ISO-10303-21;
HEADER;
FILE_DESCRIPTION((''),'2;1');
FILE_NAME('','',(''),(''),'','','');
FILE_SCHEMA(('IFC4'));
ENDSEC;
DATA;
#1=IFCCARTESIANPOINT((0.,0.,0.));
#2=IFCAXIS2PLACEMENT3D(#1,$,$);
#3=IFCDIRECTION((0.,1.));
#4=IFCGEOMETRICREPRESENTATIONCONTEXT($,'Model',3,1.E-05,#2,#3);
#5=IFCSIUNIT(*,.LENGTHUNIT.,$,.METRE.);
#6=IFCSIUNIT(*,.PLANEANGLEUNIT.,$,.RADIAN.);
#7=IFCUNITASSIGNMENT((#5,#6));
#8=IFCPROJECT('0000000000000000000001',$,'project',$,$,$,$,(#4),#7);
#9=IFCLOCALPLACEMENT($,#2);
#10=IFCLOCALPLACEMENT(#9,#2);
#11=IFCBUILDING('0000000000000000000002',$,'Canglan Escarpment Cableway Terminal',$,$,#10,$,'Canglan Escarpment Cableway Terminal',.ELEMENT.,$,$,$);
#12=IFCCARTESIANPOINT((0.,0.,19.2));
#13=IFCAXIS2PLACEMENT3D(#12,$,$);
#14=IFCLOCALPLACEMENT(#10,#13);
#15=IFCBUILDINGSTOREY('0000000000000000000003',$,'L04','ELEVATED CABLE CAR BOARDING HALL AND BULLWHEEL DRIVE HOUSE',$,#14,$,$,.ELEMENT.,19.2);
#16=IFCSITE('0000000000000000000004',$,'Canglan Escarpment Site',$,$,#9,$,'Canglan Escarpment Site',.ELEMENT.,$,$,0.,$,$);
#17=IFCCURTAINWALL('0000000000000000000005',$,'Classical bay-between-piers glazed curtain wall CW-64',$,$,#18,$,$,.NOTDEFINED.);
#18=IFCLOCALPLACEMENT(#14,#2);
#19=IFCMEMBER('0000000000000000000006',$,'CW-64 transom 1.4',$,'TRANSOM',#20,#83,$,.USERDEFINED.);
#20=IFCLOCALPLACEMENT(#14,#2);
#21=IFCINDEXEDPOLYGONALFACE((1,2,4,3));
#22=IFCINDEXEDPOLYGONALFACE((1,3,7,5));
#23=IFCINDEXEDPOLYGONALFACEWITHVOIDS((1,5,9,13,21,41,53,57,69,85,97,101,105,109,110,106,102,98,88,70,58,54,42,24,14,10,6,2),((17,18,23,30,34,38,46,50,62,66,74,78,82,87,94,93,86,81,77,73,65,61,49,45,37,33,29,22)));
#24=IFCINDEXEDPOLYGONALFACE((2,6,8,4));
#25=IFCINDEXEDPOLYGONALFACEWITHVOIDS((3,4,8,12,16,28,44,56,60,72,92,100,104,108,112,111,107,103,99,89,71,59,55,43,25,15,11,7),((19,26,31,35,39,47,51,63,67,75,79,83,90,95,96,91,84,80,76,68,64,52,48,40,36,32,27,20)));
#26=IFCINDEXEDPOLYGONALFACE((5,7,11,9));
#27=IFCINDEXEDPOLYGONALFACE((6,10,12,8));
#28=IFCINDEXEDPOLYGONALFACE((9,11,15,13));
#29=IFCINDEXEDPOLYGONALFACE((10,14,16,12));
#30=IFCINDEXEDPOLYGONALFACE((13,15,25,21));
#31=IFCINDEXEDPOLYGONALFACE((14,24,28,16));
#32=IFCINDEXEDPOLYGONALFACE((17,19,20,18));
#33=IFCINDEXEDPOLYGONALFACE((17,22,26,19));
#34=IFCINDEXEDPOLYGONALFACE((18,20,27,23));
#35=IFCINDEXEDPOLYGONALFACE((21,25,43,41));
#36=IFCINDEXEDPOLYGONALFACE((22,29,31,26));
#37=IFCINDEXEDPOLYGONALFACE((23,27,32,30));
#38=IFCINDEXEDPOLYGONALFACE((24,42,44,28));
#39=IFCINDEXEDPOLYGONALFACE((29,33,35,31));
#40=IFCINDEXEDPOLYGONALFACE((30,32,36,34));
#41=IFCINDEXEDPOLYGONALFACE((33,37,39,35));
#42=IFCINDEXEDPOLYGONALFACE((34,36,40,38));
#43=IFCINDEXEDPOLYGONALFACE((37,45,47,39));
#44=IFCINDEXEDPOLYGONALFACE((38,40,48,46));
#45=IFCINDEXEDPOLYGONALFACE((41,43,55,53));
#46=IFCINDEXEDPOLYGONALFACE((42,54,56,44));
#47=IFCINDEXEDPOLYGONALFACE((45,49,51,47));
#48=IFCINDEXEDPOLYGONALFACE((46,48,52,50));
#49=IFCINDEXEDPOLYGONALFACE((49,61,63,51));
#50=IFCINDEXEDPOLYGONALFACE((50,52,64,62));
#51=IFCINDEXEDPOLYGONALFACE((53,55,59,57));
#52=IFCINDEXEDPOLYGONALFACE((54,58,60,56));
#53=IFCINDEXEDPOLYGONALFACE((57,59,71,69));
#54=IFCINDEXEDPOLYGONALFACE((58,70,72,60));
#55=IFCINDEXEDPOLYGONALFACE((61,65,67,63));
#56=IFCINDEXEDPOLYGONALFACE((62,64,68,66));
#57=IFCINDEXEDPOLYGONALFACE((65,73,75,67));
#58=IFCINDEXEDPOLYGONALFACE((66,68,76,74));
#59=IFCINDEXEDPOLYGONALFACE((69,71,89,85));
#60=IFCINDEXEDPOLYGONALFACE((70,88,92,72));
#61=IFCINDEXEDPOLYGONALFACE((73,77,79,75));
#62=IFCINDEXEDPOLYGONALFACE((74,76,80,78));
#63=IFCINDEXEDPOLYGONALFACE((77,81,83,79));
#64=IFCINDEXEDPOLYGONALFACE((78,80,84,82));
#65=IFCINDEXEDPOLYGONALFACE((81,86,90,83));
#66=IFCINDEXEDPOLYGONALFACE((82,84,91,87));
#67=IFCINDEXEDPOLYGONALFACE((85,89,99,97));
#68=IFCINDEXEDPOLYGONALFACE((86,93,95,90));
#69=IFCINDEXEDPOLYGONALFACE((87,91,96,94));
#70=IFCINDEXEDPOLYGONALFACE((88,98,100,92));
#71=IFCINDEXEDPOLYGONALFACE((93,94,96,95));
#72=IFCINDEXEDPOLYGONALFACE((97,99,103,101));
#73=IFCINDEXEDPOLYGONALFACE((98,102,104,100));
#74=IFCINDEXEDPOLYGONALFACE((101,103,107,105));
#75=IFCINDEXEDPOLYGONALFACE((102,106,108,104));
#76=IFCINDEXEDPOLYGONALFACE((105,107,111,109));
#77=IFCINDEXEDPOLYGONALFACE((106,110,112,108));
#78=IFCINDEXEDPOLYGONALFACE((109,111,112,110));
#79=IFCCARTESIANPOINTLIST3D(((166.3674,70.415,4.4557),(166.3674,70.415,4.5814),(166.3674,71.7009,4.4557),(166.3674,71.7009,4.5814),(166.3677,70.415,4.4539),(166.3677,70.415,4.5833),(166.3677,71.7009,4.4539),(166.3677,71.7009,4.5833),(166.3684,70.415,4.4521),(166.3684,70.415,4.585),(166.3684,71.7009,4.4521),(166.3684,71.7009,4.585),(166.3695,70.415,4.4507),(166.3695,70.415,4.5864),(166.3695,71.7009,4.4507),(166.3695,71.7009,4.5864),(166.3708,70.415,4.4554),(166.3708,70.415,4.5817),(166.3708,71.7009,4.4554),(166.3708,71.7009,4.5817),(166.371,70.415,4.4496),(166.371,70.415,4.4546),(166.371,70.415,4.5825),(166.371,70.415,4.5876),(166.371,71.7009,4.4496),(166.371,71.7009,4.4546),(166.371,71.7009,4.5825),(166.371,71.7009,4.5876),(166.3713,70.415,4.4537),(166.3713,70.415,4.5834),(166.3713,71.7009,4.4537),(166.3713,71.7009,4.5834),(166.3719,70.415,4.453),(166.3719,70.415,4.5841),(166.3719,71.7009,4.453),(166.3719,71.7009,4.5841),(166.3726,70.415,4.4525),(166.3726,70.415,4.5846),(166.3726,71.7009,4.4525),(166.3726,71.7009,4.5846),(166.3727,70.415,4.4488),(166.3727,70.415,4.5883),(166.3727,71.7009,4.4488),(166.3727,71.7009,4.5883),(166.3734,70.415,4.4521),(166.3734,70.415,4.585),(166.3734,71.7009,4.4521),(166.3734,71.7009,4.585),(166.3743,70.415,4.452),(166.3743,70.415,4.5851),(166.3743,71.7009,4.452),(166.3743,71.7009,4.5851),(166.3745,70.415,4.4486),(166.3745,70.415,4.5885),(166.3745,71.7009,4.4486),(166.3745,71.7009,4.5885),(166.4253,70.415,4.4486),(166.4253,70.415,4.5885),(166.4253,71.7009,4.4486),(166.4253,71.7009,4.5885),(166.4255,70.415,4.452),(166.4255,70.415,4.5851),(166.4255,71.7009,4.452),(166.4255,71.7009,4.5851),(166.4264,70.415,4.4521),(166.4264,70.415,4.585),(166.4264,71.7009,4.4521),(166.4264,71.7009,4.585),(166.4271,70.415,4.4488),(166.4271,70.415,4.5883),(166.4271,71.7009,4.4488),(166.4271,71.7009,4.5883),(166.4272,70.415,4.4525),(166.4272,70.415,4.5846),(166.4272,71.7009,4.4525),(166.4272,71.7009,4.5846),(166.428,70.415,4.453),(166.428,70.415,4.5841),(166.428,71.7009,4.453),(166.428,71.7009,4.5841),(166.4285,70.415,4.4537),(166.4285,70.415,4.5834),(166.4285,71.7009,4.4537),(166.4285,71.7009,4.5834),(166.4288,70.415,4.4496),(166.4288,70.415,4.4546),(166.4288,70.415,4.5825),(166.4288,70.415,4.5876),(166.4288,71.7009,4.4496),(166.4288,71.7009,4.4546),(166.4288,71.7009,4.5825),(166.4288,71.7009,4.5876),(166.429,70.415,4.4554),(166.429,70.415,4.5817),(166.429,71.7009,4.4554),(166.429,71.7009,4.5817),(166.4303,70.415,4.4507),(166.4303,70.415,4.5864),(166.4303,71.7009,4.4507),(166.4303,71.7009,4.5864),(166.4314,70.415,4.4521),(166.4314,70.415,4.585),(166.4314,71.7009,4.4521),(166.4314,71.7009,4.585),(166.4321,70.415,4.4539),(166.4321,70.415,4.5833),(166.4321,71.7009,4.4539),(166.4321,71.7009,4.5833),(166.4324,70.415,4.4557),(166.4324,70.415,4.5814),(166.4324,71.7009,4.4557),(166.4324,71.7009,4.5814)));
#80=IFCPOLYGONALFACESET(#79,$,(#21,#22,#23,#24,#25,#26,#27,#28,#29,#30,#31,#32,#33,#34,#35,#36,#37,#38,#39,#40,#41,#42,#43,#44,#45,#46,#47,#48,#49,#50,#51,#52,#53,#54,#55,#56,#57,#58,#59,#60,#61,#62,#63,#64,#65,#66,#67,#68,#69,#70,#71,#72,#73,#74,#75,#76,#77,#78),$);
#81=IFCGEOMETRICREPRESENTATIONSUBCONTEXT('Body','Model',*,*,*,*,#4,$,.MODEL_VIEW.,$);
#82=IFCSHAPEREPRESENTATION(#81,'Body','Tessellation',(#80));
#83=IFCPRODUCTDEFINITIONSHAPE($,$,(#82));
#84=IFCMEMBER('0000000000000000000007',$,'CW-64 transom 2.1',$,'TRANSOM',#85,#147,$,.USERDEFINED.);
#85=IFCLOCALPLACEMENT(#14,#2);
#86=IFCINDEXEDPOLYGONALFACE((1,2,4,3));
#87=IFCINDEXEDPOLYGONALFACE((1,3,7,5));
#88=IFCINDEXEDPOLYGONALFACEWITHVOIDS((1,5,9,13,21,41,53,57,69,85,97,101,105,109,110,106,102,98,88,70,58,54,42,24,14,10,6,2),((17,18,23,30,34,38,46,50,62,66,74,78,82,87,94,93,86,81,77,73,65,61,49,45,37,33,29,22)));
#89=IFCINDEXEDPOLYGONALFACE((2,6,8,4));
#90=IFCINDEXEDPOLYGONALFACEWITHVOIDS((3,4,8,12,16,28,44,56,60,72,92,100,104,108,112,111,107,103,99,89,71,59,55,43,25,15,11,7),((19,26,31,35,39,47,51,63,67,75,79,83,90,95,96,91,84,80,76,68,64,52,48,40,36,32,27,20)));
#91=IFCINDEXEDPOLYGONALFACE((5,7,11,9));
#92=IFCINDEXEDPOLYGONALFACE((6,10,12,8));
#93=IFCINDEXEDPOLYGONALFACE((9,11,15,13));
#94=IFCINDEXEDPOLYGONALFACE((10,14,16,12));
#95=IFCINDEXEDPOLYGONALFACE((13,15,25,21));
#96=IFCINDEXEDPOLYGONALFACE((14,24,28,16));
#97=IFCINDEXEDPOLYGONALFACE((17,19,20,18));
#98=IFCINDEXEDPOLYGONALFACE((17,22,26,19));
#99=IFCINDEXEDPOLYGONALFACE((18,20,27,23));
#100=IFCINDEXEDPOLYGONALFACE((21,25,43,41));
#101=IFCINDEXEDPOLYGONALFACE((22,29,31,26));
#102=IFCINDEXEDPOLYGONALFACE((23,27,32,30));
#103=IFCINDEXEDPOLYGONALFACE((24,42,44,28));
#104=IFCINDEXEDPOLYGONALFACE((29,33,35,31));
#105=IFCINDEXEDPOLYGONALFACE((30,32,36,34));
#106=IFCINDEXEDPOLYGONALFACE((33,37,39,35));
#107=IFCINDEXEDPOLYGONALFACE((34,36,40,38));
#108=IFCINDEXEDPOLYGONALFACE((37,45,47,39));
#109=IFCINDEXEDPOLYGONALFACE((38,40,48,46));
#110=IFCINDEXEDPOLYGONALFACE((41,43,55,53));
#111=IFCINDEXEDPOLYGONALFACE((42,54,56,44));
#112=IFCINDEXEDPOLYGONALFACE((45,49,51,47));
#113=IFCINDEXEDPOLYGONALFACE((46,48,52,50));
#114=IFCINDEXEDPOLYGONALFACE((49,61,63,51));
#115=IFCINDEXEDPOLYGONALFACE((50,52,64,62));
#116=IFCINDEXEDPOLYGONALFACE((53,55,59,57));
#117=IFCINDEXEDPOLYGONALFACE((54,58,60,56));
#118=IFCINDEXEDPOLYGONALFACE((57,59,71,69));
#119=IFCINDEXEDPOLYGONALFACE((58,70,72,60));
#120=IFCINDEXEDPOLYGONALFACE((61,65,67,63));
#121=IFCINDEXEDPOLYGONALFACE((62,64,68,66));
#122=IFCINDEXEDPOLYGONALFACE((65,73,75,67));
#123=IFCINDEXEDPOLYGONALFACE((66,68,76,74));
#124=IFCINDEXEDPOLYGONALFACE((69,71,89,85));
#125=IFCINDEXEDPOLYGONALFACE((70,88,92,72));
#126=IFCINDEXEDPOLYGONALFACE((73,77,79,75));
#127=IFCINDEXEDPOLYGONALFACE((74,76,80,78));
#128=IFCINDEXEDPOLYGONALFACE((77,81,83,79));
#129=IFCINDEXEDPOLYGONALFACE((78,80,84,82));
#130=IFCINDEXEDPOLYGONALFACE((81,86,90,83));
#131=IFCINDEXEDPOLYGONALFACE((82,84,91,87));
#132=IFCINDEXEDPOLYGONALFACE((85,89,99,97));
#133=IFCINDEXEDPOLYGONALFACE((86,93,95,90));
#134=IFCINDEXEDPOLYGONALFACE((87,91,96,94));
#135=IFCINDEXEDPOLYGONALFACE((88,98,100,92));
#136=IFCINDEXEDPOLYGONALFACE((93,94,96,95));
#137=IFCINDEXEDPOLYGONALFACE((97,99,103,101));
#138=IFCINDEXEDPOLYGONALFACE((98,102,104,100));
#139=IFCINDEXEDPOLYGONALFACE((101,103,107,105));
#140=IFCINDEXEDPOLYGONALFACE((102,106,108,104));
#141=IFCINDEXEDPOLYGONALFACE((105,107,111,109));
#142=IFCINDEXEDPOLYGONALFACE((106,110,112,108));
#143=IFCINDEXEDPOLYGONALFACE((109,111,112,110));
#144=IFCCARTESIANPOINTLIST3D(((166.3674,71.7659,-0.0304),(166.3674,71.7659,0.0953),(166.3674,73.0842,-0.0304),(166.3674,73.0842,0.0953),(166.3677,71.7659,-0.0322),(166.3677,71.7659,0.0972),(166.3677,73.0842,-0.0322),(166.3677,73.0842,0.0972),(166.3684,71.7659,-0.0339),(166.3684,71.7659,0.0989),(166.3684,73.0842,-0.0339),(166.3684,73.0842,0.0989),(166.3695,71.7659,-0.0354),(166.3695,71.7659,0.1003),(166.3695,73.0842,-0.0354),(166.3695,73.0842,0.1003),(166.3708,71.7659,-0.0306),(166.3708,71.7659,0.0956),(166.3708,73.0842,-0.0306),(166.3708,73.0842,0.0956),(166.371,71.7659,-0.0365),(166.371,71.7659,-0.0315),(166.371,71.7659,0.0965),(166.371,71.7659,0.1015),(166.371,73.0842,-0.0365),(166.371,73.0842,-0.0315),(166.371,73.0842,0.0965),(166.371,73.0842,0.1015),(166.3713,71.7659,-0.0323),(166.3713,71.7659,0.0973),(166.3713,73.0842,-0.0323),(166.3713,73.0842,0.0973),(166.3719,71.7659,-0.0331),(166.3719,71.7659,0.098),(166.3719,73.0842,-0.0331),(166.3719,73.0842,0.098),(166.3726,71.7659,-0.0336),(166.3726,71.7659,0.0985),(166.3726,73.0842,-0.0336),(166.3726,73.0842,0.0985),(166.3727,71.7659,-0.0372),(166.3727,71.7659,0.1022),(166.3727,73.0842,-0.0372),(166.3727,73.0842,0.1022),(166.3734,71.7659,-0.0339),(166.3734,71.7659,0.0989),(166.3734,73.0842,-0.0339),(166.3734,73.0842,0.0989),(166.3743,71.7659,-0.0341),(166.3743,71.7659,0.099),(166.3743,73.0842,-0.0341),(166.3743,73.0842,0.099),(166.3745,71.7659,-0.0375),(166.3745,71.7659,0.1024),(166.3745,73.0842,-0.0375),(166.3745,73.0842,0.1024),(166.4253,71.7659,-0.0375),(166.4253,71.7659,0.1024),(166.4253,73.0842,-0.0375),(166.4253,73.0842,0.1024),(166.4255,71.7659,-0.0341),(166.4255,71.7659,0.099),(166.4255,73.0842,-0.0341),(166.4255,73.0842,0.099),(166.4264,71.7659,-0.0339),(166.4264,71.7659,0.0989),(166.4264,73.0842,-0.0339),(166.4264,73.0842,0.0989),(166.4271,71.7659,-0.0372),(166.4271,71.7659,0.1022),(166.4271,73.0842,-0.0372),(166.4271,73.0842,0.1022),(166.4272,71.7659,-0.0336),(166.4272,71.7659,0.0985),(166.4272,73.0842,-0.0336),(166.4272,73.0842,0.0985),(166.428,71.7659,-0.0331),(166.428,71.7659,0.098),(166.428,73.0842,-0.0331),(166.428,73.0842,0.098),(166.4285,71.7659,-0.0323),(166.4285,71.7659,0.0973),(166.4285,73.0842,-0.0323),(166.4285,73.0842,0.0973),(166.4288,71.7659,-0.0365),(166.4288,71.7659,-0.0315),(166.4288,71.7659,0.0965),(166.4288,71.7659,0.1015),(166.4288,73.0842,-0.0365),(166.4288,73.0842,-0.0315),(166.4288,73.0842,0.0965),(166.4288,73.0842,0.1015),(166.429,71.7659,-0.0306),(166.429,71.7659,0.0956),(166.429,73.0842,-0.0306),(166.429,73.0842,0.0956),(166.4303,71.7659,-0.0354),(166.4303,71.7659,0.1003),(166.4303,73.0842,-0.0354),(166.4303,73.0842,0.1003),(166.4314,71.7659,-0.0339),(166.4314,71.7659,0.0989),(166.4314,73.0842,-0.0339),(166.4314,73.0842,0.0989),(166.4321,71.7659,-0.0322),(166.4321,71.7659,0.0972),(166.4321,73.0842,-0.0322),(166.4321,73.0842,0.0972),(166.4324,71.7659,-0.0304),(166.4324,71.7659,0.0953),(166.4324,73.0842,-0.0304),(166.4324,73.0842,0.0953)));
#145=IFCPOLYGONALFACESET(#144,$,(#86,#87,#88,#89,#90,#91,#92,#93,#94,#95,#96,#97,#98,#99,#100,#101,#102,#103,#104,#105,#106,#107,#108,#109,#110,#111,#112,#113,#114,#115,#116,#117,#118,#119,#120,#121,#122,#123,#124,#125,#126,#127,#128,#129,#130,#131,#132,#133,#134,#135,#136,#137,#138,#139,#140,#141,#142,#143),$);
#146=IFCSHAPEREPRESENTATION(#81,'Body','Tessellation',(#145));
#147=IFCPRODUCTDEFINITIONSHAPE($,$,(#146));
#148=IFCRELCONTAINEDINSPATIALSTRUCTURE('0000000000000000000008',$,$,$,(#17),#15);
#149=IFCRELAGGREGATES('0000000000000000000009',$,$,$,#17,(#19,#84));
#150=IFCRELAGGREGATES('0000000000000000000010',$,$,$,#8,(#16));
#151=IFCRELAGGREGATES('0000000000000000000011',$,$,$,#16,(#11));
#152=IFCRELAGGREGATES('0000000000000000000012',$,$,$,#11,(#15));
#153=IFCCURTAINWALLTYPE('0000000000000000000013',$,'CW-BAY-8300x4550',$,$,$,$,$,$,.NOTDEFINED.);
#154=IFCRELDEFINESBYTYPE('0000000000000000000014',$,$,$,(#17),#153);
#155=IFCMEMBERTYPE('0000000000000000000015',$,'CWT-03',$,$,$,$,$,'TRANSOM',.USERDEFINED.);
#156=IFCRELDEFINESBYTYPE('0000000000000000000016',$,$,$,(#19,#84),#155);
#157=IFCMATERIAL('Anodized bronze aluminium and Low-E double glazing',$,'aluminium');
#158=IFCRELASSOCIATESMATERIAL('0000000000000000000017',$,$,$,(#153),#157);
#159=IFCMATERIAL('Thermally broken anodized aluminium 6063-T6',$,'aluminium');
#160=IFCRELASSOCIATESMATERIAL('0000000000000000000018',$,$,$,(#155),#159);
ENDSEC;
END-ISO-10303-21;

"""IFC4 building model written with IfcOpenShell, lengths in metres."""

from ifc_helpers import new_model, si_unit, direction, frame, origin, origin_2d, place, context, subcontext, project, spatial, hollow_rectangle, extrude, material, material_profile, profile_set, type_object, element, aggregate, save


model = new_model("IFC4")

# Units and contexts
model_context = context("Model", 3, precision=1e-05, world=origin(), true_north=direction((0.0, 1.0)))
body_context = subcontext(model_context, "Body", "Model", "MODEL_VIEW")
ifc_project = project(units=[si_unit("LENGTHUNIT", "METRE"), si_unit("PLANEANGLEUNIT", "RADIAN")], contexts=[model_context])

# Site, building, storey
site_placement = place(None, origin())
site = spatial("IfcSite", under=ifc_project, at=site_placement, Name="Canglan Escarpment Site", LongName="Canglan Escarpment Site", CompositionType="ELEMENT", RefElevation=0.0)
building_placement = place(site_placement, origin())
building = spatial("IfcBuilding", under=site, at=building_placement, Name="Canglan Escarpment Cableway Terminal", LongName="Canglan Escarpment Cableway Terminal", CompositionType="ELEMENT")
storey_placement = place(building_placement, frame((0.0, 0.0, 19.2)))
storey = spatial("IfcBuildingStorey", under=building, at=storey_placement, Name="L04", Description="ELEVATED CABLE CAR BOARDING HALL AND BULLWHEEL DRIVE HOUSE", CompositionType="ELEMENT", Elevation=19.2)

# Curtain wall, members
ifc_material_1 = material(Name="Anodized bronze aluminium and Low-E double glazing", Category="aluminium")
curtain_wall_type = type_object("IfcCurtainWallType", Name="CW-BAY-8300x4550", PredefinedType="NOTDEFINED", material=ifc_material_1)
curtain_wall_placement = place(storey_placement, origin())
curtain_wall = element("IfcCurtainWall", 1, at=curtain_wall_placement, inside=storey, type_object=curtain_wall_type, Name="Classical bay-between-piers glazed curtain wall CW-64", PredefinedType="NOTDEFINED")
ifc_material_2 = material(Name="Thermally broken anodized aluminium 6063-T6", Category="aluminium")
ifc_material_profile_1 = material_profile(ifc_material_2, hollow_rectangle(XDim=0.0649, YDim=0.1399, WallThickness=0.0034, InnerFilletRadius=0.0034, OuterFilletRadius=0.0071, at=origin_2d()), Name="ALU-TRAN 65x140x3.5")
ifc_profile_set_1 = profile_set([ifc_material_profile_1], Name="Thermally broken anodized aluminium 6063-T6")
member_type_1 = type_object("IfcMemberType", Name="CWT-03", ElementType="TRANSOM", PredefinedType="USERDEFINED", material=ifc_profile_set_1)
member_1_placement = place(storey_placement, frame((166.3999, 70.415, 4.5186), z_axis=(0.0, 1.0, 0.0), x_axis=(-1.0, 0.0, 0.0)))
member_1 = element("IfcMember", 2, at=member_1_placement, type_object=member_type_1, Name="CW-64 transom 1.4", ObjectType="TRANSOM", PredefinedType="USERDEFINED", context=body_context, shape_type="SweptSolid", body=[
    extrude(hollow_rectangle(XDim=0.0649, YDim=0.1399, WallThickness=0.0034, InnerFilletRadius=0.0034, OuterFilletRadius=0.0071, at=origin_2d()), origin(), (0.0, 0.0, 1.0), 1.2859),
])
member_2_placement = place(storey_placement, frame((166.3999, 71.7659, 0.0325), z_axis=(0.0, 1.0, 0.0), x_axis=(-1.0, 0.0, 0.0)))
member_2 = element("IfcMember", 3, at=member_2_placement, type_object=member_type_1, Name="CW-64 transom 2.1", ObjectType="TRANSOM", PredefinedType="USERDEFINED", context=body_context, shape_type="SweptSolid", body=[
    extrude(hollow_rectangle(XDim=0.0649, YDim=0.1399, WallThickness=0.0034, InnerFilletRadius=0.0034, OuterFilletRadius=0.0071, at=origin_2d()), origin(), (0.0, 0.0, 1.0), 1.3184),
])
aggregate(curtain_wall, [member_1, member_2])

save(model, "model.ifc")
